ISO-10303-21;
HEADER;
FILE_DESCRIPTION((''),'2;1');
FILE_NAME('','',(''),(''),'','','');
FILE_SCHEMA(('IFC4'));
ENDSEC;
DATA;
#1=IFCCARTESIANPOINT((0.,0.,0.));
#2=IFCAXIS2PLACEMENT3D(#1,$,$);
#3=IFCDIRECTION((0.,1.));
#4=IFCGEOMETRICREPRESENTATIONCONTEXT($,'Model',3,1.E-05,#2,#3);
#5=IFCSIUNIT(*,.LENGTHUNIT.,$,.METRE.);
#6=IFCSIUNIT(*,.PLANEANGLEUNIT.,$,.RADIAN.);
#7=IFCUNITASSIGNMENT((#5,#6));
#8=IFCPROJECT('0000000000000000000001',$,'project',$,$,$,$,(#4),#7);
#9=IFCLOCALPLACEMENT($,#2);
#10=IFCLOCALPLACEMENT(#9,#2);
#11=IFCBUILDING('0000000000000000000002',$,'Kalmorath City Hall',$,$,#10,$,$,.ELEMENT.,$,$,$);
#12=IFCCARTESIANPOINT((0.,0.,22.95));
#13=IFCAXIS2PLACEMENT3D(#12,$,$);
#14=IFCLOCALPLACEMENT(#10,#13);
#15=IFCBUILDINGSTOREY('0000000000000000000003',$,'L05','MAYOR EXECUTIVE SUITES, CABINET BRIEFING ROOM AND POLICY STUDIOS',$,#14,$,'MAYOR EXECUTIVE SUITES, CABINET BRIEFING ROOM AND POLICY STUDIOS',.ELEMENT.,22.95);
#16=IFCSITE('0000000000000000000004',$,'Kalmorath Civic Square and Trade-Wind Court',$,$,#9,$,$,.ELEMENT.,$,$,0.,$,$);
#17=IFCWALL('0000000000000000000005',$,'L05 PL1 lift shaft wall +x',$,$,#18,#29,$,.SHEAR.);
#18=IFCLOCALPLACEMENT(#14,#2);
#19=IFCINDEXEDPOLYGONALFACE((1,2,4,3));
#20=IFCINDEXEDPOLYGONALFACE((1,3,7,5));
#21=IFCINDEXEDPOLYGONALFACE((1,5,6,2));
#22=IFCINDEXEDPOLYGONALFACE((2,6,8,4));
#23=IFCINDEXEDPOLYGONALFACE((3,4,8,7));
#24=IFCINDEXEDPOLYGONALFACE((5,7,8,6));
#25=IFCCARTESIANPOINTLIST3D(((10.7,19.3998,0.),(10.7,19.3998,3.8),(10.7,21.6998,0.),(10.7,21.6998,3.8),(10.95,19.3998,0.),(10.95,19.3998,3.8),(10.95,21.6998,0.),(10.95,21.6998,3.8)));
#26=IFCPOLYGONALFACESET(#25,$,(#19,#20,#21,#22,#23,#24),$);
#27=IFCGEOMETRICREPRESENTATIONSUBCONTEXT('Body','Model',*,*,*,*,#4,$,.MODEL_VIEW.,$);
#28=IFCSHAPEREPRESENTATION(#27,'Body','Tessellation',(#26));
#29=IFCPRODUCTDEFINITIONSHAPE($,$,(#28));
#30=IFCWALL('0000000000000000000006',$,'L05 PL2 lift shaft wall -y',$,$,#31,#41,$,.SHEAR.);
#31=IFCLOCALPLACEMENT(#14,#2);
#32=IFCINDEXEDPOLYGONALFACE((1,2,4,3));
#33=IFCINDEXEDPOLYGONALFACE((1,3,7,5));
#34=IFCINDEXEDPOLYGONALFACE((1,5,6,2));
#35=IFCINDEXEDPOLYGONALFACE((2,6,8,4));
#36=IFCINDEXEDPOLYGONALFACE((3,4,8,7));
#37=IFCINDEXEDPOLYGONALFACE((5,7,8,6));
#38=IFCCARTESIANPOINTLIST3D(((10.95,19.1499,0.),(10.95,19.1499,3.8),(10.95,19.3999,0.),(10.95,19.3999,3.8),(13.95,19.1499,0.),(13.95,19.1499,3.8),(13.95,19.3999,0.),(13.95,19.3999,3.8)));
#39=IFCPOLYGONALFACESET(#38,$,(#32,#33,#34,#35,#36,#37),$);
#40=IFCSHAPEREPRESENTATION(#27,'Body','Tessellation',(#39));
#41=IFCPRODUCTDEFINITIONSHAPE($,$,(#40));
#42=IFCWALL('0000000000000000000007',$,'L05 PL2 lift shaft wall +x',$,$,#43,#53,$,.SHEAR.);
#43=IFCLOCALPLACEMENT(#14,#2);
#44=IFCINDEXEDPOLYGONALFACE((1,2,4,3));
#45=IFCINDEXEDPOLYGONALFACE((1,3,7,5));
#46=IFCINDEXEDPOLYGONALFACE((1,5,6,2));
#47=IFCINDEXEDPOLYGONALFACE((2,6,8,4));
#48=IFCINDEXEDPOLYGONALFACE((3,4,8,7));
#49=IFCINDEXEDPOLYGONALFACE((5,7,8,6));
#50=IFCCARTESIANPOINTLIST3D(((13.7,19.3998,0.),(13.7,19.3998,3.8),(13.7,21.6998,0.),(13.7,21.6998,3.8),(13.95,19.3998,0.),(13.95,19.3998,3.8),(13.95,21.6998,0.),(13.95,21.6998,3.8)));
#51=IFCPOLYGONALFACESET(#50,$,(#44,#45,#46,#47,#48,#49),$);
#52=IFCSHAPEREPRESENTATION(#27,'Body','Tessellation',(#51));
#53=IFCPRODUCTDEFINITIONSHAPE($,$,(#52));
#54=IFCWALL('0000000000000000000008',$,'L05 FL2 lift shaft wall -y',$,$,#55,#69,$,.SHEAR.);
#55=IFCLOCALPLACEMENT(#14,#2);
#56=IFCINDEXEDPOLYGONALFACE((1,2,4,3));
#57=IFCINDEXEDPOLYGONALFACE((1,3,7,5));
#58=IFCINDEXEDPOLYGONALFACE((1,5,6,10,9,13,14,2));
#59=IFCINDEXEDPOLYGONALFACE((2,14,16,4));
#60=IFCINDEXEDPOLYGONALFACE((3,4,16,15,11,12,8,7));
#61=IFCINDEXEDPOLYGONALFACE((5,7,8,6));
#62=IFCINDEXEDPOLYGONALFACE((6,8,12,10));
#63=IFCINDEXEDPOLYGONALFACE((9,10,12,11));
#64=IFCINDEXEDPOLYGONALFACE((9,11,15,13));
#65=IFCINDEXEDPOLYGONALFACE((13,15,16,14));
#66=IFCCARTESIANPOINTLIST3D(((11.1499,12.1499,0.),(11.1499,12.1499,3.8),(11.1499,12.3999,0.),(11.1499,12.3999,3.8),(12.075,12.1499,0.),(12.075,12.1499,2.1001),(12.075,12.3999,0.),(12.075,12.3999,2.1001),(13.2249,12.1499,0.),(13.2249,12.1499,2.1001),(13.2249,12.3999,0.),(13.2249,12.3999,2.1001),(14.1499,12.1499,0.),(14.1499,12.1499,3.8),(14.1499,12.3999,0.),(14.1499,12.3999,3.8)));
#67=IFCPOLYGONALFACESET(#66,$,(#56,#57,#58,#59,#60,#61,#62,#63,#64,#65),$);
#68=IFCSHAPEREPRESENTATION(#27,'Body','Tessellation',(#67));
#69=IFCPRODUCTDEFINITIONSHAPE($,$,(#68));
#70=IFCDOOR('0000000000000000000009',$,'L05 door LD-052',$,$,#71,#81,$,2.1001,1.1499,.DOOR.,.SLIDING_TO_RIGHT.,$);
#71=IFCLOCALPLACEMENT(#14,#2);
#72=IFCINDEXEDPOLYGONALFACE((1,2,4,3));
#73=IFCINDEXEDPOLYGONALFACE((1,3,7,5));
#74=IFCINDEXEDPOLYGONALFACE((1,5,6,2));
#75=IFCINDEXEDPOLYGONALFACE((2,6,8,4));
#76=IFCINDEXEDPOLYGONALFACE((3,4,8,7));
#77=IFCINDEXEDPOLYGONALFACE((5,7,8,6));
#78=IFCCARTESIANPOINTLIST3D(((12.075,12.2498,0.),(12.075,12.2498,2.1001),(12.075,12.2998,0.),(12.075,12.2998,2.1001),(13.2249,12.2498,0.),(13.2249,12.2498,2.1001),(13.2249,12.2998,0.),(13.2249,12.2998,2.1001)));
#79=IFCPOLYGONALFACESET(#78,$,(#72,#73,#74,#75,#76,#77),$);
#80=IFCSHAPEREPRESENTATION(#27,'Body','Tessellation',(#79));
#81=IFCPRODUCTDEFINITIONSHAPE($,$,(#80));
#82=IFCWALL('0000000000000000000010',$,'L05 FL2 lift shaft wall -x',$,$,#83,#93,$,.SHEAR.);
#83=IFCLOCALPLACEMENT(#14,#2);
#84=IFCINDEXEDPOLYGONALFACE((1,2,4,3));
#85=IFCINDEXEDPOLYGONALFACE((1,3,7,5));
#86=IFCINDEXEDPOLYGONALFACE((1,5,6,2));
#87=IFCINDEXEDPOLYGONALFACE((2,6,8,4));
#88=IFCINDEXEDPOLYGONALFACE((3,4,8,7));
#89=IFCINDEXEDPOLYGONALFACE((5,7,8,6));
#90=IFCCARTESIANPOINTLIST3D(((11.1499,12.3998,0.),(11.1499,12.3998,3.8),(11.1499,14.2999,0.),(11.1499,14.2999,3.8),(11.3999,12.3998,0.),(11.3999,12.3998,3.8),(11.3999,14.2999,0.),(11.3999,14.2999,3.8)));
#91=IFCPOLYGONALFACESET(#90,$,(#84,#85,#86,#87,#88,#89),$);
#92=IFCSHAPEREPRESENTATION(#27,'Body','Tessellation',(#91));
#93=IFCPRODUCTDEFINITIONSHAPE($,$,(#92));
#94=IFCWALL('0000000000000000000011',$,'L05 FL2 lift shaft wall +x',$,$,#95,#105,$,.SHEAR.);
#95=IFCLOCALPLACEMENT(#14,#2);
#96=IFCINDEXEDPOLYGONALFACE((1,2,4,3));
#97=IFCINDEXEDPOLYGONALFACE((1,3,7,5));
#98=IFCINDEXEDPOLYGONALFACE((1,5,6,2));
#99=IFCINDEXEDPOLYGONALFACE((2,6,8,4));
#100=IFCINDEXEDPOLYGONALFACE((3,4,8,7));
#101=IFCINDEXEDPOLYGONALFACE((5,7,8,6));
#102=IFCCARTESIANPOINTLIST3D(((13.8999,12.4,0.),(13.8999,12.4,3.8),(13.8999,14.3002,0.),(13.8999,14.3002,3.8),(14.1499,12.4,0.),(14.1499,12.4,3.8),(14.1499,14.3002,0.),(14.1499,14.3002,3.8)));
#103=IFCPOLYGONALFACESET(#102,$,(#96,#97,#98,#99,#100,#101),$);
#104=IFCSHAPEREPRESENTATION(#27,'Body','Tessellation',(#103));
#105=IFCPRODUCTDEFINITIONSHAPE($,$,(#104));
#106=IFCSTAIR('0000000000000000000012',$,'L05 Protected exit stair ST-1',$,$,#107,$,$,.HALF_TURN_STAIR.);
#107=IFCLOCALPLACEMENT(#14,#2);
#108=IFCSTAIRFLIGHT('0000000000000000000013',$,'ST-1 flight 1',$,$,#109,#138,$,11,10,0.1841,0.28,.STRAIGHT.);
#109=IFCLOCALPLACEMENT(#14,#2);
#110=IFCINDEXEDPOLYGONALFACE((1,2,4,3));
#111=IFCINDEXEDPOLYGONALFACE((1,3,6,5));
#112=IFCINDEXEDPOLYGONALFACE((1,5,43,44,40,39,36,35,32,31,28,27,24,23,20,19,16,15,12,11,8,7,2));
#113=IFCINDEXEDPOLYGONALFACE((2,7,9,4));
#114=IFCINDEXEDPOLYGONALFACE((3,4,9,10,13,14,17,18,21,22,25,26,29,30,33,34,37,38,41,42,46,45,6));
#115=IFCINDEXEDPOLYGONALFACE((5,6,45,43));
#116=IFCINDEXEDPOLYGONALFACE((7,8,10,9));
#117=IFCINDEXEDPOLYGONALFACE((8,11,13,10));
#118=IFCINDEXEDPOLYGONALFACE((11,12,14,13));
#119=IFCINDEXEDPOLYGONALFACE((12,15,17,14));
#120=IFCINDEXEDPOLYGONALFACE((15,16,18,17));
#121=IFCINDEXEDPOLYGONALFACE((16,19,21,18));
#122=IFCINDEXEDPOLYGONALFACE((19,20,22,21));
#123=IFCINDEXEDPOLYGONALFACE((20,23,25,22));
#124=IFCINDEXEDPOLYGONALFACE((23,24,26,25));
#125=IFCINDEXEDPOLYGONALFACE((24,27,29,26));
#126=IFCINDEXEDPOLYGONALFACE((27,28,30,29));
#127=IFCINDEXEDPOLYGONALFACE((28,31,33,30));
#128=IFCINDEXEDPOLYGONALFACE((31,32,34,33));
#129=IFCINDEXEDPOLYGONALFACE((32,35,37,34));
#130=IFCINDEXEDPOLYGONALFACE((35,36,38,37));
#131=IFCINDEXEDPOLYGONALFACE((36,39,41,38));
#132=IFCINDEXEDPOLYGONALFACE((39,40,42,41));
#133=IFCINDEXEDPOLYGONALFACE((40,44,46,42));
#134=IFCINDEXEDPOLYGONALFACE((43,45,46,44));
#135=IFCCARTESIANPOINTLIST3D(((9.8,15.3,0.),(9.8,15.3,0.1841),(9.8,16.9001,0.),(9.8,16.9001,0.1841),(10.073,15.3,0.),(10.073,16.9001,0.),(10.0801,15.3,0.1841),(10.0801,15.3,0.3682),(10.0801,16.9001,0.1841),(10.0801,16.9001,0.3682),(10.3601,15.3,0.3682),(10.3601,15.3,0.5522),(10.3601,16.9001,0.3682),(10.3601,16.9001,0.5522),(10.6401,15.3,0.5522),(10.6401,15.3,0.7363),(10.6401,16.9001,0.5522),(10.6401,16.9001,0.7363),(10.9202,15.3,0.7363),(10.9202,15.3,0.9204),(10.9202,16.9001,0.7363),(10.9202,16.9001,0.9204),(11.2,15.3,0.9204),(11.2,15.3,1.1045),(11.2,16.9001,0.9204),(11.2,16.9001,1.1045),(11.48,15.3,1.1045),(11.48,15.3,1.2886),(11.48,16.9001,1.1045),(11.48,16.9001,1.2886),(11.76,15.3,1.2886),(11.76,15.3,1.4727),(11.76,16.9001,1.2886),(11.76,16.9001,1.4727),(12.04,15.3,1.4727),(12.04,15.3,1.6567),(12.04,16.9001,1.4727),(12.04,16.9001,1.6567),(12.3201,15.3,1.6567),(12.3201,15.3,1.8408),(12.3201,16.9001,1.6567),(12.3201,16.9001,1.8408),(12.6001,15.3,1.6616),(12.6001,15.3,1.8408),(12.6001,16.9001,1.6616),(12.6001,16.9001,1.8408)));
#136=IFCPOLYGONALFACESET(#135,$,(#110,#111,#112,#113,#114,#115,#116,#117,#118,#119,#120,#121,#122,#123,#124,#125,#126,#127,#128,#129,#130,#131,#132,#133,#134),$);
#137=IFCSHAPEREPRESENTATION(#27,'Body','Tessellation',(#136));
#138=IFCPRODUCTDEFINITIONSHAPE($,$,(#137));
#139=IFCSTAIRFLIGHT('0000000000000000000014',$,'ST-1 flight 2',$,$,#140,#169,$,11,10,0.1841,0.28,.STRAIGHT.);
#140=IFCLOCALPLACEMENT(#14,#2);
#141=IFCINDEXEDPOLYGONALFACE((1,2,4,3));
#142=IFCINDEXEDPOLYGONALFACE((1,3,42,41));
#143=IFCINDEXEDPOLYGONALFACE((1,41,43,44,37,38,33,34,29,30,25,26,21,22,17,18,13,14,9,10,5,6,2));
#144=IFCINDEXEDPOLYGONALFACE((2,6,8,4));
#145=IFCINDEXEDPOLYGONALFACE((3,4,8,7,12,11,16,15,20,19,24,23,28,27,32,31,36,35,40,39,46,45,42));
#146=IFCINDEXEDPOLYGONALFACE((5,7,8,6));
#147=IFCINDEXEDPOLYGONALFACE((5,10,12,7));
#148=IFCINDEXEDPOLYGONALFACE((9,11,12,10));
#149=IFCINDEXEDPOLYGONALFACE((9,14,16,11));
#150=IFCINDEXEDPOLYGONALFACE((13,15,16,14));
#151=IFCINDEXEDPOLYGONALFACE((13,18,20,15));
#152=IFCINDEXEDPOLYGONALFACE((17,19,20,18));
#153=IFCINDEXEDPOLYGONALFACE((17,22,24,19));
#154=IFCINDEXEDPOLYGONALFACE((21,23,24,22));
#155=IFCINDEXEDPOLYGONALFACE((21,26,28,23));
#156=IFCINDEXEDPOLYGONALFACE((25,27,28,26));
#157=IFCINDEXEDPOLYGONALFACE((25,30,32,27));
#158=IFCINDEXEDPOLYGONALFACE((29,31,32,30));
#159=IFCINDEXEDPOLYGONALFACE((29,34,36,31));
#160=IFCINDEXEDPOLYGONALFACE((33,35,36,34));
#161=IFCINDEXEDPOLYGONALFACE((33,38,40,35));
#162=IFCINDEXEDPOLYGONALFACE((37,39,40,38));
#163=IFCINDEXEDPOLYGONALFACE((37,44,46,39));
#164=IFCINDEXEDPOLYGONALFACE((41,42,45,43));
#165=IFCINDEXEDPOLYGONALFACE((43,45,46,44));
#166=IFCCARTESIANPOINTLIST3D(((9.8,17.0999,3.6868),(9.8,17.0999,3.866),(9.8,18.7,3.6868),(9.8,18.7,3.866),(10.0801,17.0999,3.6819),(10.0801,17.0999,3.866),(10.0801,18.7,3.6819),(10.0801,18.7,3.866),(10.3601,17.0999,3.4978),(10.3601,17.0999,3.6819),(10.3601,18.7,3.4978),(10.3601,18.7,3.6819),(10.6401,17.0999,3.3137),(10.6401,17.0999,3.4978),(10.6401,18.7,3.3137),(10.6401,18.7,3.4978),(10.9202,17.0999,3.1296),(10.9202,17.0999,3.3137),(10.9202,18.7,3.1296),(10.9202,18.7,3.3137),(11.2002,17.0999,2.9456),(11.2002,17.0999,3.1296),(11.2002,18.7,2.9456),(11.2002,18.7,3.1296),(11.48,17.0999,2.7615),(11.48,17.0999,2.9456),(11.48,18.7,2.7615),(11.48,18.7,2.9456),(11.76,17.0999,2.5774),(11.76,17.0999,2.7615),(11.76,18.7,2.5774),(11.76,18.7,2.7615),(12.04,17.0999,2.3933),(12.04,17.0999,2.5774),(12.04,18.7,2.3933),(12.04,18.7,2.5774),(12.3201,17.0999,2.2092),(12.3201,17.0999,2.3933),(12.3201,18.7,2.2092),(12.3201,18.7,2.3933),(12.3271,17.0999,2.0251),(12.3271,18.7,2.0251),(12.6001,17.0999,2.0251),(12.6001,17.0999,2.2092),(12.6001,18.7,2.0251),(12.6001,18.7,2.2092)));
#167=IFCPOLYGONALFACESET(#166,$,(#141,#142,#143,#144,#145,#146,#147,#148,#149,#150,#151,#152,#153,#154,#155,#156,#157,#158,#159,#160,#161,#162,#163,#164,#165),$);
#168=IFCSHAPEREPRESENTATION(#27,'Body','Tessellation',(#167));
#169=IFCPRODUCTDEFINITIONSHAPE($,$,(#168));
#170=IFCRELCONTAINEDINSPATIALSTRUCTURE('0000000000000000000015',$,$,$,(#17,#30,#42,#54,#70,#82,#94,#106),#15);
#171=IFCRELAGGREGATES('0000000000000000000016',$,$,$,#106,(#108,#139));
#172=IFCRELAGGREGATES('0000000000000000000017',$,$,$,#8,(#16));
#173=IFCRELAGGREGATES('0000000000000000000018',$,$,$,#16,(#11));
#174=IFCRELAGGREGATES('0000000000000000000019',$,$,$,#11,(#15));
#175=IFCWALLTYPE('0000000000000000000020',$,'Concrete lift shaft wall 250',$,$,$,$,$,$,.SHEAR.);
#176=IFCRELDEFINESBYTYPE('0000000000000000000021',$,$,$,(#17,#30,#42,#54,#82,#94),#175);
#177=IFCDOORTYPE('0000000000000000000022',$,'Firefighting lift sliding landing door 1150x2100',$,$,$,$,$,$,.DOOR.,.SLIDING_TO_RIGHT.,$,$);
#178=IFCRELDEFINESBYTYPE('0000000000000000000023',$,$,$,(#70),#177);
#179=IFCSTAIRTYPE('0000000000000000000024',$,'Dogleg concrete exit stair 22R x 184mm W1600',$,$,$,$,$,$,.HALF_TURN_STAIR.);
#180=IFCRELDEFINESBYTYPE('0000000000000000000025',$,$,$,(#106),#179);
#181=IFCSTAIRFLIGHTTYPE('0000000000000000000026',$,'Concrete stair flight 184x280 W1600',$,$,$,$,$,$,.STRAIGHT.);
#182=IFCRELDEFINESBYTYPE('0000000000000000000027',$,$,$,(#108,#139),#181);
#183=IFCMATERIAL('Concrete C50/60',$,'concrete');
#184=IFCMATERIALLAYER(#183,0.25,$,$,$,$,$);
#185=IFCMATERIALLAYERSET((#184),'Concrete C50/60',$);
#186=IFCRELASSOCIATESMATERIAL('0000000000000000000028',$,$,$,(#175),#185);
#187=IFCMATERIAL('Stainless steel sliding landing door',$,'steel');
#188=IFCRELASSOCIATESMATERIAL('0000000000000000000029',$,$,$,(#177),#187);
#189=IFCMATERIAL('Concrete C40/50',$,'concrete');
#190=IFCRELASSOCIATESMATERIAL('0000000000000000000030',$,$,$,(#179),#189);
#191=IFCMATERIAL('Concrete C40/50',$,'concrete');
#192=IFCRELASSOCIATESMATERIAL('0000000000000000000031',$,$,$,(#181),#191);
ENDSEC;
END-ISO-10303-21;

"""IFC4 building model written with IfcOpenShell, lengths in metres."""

from ifc_helpers import new_model, si_unit, direction, frame, frame_2d, origin, place, context, subcontext, project, spatial, polyline, rectangle, outline, extrude, material, layer, layer_set, type_object, element, fill, aggregate, save


model = new_model("IFC4")

# Units and contexts
model_context = context("Model", 3, precision=1e-05, world=origin(), true_north=direction((0.0, 1.0)))
body_context = subcontext(model_context, "Body", "Model", "MODEL_VIEW")
ifc_project = project(units=[si_unit("LENGTHUNIT", "METRE"), si_unit("PLANEANGLEUNIT", "RADIAN")], contexts=[model_context])

# Site, building, storey
site_placement = place(None, origin())
site = spatial("IfcSite", under=ifc_project, at=site_placement, Name="Kalmorath Civic Square and Trade-Wind Court", CompositionType="ELEMENT", RefElevation=0.0)
building_placement = place(site_placement, origin())
building = spatial("IfcBuilding", under=site, at=building_placement, Name="Kalmorath City Hall", CompositionType="ELEMENT")
storey_placement = place(building_placement, frame((0.0, 0.0, 22.95)))
storey = spatial("IfcBuildingStorey", under=building, at=storey_placement, Name="L05", Description="MAYOR EXECUTIVE SUITES, CABINET BRIEFING ROOM AND POLICY STUDIOS", LongName="MAYOR EXECUTIVE SUITES, CABINET BRIEFING ROOM AND POLICY STUDIOS", CompositionType="ELEMENT", Elevation=22.95)

# Walls
ifc_material_1 = material(Name="Concrete C50/60", Category="concrete")
ifc_layer_1 = layer(ifc_material_1, 0.25)
ifc_layer_set_1 = layer_set([ifc_layer_1], Name="Concrete C50/60")
wall_type_1 = type_object("IfcWallType", Name="Concrete lift shaft wall 250", PredefinedType="SHEAR", material=ifc_layer_set_1)
wall_1_placement = place(storey_placement, frame((10.825, 19.3999, 0.0), z_axis=(0.0, 0.0, 1.0), x_axis=(0.0, 1.0, 0.0)))
element("IfcWall", 1, at=wall_1_placement, inside=storey, type_object=wall_type_1, Name="L05 PL1 lift shaft wall +x", PredefinedType="SHEAR", context=body_context, shape_type="SweptSolid", body=[
    extrude(rectangle(XDim=2.3, YDim=0.25, at=frame_2d((1.1499, 0.0))), origin(), (0.0, 0.0, 1.0), 3.8),
])
wall_2_placement = place(storey_placement, frame((10.95, 19.2749, 0.0), z_axis=(0.0, 0.0, 1.0), x_axis=(1.0, 0.0, 0.0)))
element("IfcWall", 2, at=wall_2_placement, inside=storey, type_object=wall_type_1, Name="L05 PL2 lift shaft wall -y", PredefinedType="SHEAR", context=body_context, shape_type="SweptSolid", body=[
    extrude(rectangle(XDim=3.0, YDim=0.25, at=frame_2d((1.5, 0.0))), origin(), (0.0, 0.0, 1.0), 3.8),
])
wall_3_placement = place(storey_placement, frame((13.825, 19.3999, 0.0), z_axis=(0.0, 0.0, 1.0), x_axis=(0.0, 1.0, 0.0)))
element("IfcWall", 3, at=wall_3_placement, inside=storey, type_object=wall_type_1, Name="L05 PL2 lift shaft wall +x", PredefinedType="SHEAR", context=body_context, shape_type="SweptSolid", body=[
    extrude(rectangle(XDim=2.3, YDim=0.25, at=frame_2d((1.1499, 0.0))), origin(), (0.0, 0.0, 1.0), 3.8),
])

# Wall, opening, door
wall_4_placement = place(storey_placement, frame((11.1499, 12.2749, 0.0), z_axis=(0.0, 0.0, 1.0), x_axis=(1.0, 0.0, 0.0)))
wall_4 = element("IfcWall", 4, at=wall_4_placement, inside=storey, type_object=wall_type_1, Name="L05 FL2 lift shaft wall -y", PredefinedType="SHEAR", context=body_context, shape_type="SweptSolid", body=[
    extrude(rectangle(XDim=3.0, YDim=0.25, at=frame_2d((1.5, 0.0))), origin(), (0.0, 0.0, 1.0), 3.8),
])
opening_1_placement = place(wall_4_placement, frame((0.925, 0.0, 0.0)))
opening_1 = element("IfcOpeningElement", 5, at=opening_1_placement, cuts=wall_4, PredefinedType="OPENING", context=body_context, shape_type="SweptSolid", body=[
    extrude(rectangle(XDim=1.1499, YDim=2.1001, at=frame_2d((0.575, 1.05))), frame((0.0, 0.135, 0.0), z_axis=(0.0, -1.0, 0.0), x_axis=(1.0, 0.0, 0.0)), (0.0, 0.0, 1.0), 0.27),
])
ifc_material_2 = material(Name="Stainless steel sliding landing door", Category="steel")
door_type_1 = type_object("IfcDoorType", Name="Firefighting lift sliding landing door 1150x2100", OperationType="SLIDING_TO_RIGHT", PredefinedType="DOOR", material=ifc_material_2)
door_1_placement = place(opening_1_placement, origin())
door_1 = element("IfcDoor", 6, at=door_1_placement, inside=storey, type_object=door_type_1, Name="L05 door LD-052", OperationType="SLIDING_TO_RIGHT", OverallHeight=2.1001, OverallWidth=1.1499, PredefinedType="DOOR", context=body_context, shape_type="SweptSolid", body=[
    extrude(rectangle(XDim=1.1499, YDim=2.1001, at=frame_2d((0.575, 1.05))), frame((0.0, 0.0249, 0.0), z_axis=(0.0, -1.0, 0.0), x_axis=(1.0, 0.0, 0.0)), (0.0, 0.0, 1.0), 0.05),
])
fill(opening_1, door_1)

# Walls
for number, where, z_axis, x_axis, name in (
    (7, (11.2749, 14.3, 0.0), (0.0, 0.0, 1.0), (0.0, -1.0, 0.0), "L05 FL2 lift shaft wall -x"),
    (8, (14.0249, 12.3999, 0.0), (0.0, 0.0, 1.0), (0.0, 1.0, 0.0), "L05 FL2 lift shaft wall +x"),
):
    element("IfcWall", number, at=place(storey_placement, frame(where, z_axis=z_axis, x_axis=x_axis)), inside=storey, type_object=wall_type_1, Name=name, PredefinedType="SHEAR", context=body_context, shape_type="SweptSolid", body=[
        extrude(rectangle(XDim=1.9001, YDim=0.25, at=frame_2d((0.9502, 0.0))), origin(), (0.0, 0.0, 1.0), 3.8),
    ])

# Stair, stair flights
ifc_material_3 = material(Name="Concrete C40/50", Category="concrete")
stair_type = type_object("IfcStairType", Name="Dogleg concrete exit stair 22R x 184mm W1600", PredefinedType="HALF_TURN_STAIR", material=ifc_material_3)
stair_placement = place(storey_placement, origin())
stair = element("IfcStair", 9, at=stair_placement, inside=storey, type_object=stair_type, Name="L05 Protected exit stair ST-1", PredefinedType="HALF_TURN_STAIR")
ifc_material_4 = material(Name="Concrete C40/50", Category="concrete")
stair_flight_type = type_object("IfcStairFlightType", Name="Concrete stair flight 184x280 W1600", PredefinedType="STRAIGHT", material=ifc_material_4)
stair_flight_1_placement = place(storey_placement, frame((9.8, 16.1001, 0.0), z_axis=(0.0, 0.0, 1.0), x_axis=(1.0, 0.0, 0.0)))
stair_flight_1 = element("IfcStairFlight", 10, at=stair_flight_1_placement, type_object=stair_flight_type, Name="ST-1 flight 1", NumberOfRisers=11, NumberOfTreads=10, PredefinedType="STRAIGHT", RiserHeight=0.1841, TreadLength=0.28, context=body_context, shape_type="SweptSolid", body=[
    extrude(outline(polyline([(0.0, 0.0), (0.0, 0.1841), (0.28, 0.1841), (0.28, 0.3682), (0.5601, 0.3682), (0.5601, 0.5522), (0.8401, 0.5522), (0.8401, 0.7363), (1.1201, 0.7363), (1.1201, 0.9204), (1.3999, 0.9204), (1.3999, 1.1045), (1.6799, 1.1045), (1.6799, 1.2886), (1.96, 1.2886), (1.96, 1.4727), (2.24, 1.4727), (2.24, 1.6567), (2.52, 1.6567), (2.52, 1.8408), (2.8, 1.8408), (2.8, 2.0249), (2.8, 1.6616), (0.2729, 0.0), (0.0, 0.0)])), frame((0.0, 0.8, 0.0), z_axis=(0.0, -1.0, 0.0), x_axis=(1.0, 0.0, 0.0)), (0.0, 0.0, 1.0), 1.6001),
])
stair_flight_2_placement = place(storey_placement, frame((12.6001, 17.8999, 2.0251), z_axis=(0.0, 0.0, 1.0), x_axis=(-1.0, 0.0, 0.0)))
stair_flight_2 = element("IfcStairFlight", 11, at=stair_flight_2_placement, type_object=stair_flight_type, Name="ST-1 flight 2", NumberOfRisers=11, NumberOfTreads=10, PredefinedType="STRAIGHT", RiserHeight=0.1841, TreadLength=0.28, context=body_context, shape_type="SweptSolid", body=[
    extrude(outline(polyline([(0.0, 0.0), (0.0, 0.1841), (0.28, 0.1841), (0.28, 0.3682), (0.5601, 0.3682), (0.5601, 0.5522), (0.8401, 0.5522), (0.8401, 0.7363), (1.1201, 0.7363), (1.1201, 0.9204), (1.3999, 0.9204), (1.3999, 1.1045), (1.6799, 1.1045), (1.6799, 1.2886), (1.96, 1.2886), (1.96, 1.4727), (2.24, 1.4727), (2.24, 1.6567), (2.52, 1.6567), (2.52, 1.8408), (2.8, 1.8408), (2.8, 2.0249), (2.8, 1.6616), (0.2729, 0.0), (0.0, 0.0)])), frame((0.0, 0.8, 0.0), z_axis=(0.0, -1.0, 0.0), x_axis=(1.0, 0.0, 0.0)), (0.0, 0.0, 1.0), 1.6001),
])
aggregate(stair, [stair_flight_1, stair_flight_2])

save(model, "model.ifc")
